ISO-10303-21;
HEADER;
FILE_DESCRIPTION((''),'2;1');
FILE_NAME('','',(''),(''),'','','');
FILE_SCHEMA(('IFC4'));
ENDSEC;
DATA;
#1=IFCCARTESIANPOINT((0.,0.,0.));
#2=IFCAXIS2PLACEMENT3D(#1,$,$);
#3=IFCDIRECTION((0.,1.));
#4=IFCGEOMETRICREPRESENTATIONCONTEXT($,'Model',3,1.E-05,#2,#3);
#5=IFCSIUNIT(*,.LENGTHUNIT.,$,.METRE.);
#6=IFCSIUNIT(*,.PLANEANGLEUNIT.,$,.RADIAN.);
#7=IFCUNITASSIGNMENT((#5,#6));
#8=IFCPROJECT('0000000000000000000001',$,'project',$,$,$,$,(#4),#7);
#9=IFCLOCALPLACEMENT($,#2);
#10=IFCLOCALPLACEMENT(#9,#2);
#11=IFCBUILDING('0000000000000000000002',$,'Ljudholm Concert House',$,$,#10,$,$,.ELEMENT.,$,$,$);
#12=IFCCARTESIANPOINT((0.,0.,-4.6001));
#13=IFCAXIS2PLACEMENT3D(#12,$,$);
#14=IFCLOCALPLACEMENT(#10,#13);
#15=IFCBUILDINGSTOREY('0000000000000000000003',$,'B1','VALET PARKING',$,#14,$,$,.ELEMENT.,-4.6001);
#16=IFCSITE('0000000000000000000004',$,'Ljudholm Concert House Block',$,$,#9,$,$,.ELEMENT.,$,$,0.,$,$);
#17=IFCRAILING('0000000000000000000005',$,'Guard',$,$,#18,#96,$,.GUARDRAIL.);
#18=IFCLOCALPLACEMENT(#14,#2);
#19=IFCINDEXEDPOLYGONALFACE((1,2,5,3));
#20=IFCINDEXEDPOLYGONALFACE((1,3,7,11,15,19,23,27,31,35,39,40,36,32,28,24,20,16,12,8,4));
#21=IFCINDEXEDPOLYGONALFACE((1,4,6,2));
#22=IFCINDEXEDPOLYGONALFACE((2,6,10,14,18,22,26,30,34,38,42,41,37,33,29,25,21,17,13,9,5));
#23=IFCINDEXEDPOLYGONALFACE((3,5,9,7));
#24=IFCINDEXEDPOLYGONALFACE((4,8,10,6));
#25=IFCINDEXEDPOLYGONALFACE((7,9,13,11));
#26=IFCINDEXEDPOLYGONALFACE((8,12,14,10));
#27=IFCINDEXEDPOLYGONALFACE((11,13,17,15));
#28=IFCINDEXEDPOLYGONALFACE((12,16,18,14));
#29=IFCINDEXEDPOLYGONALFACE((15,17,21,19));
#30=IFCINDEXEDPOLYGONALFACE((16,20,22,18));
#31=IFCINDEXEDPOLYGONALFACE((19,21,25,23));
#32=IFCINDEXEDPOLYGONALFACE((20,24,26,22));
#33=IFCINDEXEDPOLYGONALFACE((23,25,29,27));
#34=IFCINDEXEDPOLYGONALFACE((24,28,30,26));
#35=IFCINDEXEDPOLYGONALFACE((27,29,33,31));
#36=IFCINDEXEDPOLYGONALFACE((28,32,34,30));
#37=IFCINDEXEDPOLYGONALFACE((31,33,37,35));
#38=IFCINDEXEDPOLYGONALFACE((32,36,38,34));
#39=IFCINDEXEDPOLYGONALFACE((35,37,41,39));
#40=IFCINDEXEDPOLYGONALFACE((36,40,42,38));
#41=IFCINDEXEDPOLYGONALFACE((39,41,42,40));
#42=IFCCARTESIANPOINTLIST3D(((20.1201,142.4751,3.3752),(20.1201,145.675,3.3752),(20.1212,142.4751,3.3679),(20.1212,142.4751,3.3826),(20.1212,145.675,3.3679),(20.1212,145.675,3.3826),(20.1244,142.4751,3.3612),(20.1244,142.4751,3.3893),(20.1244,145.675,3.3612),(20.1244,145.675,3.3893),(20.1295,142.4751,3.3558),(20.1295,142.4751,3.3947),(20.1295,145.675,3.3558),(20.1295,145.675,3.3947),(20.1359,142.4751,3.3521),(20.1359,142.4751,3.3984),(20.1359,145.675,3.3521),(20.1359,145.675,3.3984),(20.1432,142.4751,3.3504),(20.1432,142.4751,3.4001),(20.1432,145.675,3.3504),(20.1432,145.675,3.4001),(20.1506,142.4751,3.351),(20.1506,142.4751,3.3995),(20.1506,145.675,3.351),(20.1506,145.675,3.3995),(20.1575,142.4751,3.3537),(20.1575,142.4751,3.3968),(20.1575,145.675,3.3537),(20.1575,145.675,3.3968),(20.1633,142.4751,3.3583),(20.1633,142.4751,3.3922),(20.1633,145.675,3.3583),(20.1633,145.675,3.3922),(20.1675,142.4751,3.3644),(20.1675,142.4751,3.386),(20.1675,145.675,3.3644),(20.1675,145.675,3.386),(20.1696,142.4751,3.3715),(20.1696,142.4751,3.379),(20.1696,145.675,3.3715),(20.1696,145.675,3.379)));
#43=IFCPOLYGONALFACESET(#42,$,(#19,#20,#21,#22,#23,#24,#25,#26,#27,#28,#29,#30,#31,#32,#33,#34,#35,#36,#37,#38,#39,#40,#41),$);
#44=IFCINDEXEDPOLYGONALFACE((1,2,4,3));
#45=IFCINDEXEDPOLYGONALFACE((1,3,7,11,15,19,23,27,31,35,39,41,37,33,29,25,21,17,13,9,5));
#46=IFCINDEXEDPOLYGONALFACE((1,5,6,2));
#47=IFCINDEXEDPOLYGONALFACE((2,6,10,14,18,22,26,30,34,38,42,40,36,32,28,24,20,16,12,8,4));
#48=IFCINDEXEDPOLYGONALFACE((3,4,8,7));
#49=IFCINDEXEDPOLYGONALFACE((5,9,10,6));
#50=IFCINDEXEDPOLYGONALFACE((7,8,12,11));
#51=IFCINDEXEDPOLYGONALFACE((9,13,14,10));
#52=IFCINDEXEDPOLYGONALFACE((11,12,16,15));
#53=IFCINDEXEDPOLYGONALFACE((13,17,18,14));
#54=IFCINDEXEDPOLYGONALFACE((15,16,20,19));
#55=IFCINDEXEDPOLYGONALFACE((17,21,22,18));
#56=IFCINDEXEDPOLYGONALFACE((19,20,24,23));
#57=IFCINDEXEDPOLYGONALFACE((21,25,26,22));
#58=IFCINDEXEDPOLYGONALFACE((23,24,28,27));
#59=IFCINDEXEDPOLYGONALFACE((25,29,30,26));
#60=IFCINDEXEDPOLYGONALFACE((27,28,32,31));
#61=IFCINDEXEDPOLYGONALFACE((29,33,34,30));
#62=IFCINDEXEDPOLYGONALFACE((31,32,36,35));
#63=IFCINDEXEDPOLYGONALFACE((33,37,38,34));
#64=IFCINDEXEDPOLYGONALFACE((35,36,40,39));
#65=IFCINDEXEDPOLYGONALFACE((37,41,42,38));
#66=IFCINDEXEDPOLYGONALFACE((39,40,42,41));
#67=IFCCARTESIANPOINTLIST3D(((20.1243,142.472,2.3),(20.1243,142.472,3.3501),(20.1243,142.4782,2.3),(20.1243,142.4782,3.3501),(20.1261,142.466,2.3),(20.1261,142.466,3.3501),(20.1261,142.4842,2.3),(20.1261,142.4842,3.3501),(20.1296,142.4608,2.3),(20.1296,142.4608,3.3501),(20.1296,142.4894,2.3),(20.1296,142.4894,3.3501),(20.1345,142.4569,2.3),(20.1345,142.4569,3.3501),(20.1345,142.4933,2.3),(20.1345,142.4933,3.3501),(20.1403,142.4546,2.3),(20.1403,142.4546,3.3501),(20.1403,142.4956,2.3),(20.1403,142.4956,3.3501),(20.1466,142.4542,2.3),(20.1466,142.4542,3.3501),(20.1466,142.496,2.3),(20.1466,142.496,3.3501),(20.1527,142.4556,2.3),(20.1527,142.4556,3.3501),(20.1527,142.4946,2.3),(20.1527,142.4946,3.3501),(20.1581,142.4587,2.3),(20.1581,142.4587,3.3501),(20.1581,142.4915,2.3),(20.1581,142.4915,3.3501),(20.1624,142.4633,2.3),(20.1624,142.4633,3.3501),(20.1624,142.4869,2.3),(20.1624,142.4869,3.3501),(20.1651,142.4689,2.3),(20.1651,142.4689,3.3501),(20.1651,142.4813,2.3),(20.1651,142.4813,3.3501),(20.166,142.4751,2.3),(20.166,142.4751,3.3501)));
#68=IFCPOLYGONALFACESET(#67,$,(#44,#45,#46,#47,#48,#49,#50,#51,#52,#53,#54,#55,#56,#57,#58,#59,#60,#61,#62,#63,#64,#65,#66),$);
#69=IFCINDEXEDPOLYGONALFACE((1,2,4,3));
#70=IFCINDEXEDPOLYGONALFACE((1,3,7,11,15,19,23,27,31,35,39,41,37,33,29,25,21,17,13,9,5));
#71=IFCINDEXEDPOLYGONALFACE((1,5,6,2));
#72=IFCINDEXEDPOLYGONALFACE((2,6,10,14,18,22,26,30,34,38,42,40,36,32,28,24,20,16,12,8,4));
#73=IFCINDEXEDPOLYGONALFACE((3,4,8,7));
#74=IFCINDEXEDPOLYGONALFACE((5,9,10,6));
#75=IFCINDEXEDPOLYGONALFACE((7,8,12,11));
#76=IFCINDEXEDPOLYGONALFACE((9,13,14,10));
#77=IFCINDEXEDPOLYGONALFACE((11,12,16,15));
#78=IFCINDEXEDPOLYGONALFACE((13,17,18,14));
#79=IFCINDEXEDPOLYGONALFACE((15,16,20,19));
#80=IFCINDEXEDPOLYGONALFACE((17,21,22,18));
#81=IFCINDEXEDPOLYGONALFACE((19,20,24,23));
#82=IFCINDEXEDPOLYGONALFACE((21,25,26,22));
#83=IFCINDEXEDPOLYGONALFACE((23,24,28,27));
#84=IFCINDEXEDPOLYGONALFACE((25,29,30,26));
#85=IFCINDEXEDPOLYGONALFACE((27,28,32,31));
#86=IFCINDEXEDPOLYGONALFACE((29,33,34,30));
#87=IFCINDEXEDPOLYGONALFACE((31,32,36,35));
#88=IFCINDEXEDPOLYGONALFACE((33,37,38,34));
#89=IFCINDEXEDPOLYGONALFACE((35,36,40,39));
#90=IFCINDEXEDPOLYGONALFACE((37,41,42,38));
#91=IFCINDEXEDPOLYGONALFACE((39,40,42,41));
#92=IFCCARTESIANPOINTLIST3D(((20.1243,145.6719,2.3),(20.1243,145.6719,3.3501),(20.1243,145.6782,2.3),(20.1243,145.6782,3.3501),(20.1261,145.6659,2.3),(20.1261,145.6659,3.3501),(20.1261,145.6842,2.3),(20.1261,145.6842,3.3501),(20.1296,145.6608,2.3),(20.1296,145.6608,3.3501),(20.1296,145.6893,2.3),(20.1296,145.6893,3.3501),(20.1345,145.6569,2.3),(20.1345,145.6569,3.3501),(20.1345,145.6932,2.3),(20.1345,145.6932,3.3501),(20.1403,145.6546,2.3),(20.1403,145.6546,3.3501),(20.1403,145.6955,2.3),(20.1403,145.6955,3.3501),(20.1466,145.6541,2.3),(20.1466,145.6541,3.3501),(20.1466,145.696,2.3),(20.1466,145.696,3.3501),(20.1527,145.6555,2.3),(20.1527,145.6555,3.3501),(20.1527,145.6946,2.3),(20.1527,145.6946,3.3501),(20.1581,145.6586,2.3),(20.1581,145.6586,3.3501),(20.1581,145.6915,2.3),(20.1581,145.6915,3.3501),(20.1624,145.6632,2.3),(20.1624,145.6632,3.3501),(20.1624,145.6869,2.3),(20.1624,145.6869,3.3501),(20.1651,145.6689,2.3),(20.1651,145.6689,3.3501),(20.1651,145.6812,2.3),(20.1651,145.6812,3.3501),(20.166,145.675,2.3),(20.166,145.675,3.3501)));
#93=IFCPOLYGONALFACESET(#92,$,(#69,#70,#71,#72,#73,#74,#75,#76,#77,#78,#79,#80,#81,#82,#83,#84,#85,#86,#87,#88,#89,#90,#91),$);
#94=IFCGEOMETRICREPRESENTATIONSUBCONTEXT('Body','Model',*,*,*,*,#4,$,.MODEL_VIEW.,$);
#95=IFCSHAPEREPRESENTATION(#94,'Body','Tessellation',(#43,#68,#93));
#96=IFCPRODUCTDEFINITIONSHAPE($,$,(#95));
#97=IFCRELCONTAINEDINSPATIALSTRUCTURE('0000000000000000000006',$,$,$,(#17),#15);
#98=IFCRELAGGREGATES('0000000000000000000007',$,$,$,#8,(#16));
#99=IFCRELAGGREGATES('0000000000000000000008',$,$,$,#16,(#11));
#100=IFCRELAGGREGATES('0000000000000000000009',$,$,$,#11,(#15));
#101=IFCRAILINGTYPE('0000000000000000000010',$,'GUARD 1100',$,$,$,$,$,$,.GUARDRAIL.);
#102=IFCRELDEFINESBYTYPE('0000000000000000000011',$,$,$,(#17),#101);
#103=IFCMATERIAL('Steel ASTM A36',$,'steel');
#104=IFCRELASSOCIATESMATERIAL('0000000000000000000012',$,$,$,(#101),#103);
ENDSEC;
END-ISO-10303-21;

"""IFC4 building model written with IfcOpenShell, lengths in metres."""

from ifc_helpers import new_model, si_unit, direction, frame, origin, origin_2d, place, context, subcontext, project, spatial, circle, extrude, material, type_object, element, save


model = new_model("IFC4")

# Units and contexts
model_context = context("Model", 3, precision=1e-05, world=origin(), true_north=direction((0.0, 1.0)))
body_context = subcontext(model_context, "Body", "Model", "MODEL_VIEW")
ifc_project = project(units=[si_unit("LENGTHUNIT", "METRE"), si_unit("PLANEANGLEUNIT", "RADIAN")], contexts=[model_context])

# Site, building, storey
site_placement = place(None, origin())
site = spatial("IfcSite", under=ifc_project, at=site_placement, Name="Ljudholm Concert House Block", CompositionType="ELEMENT", RefElevation=0.0)
building_placement = place(site_placement, origin())
building = spatial("IfcBuilding", under=site, at=building_placement, Name="Ljudholm Concert House", CompositionType="ELEMENT")
storey_placement = place(building_placement, frame((0.0, 0.0, -4.6001)))
storey = spatial("IfcBuildingStorey", under=building, at=storey_placement, Name="B1", Description="VALET PARKING", CompositionType="ELEMENT", Elevation=-4.6001)

# Railing
ifc_material_1 = material(Name="Steel ASTM A36", Category="steel")
railing_type = type_object("IfcRailingType", Name="GUARD 1100", PredefinedType="GUARDRAIL", material=ifc_material_1)
railing_placement = place(storey_placement, frame((20.145, 142.4751, 2.3)))
element("IfcRailing", 1, at=railing_placement, inside=storey, type_object=railing_type, Name="Guard", PredefinedType="GUARDRAIL", context=body_context, shape_type="SweptSolid", body=[
    extrude(circle(Radius=0.0249, at=origin_2d()), frame((0.0, 0.0, 1.0752), z_axis=(0.0, 1.0, 0.0), x_axis=(-1.0, 0.0, 0.0)), (0.0, 0.0, 1.0), 3.2),
    extrude(circle(Radius=0.021, at=origin_2d()), origin(), (0.0, 0.0, 1.0), 1.05),
    extrude(circle(Radius=0.021, at=origin_2d()), frame((0.0, 3.2, 0.0)), (0.0, 0.0, 1.0), 1.05),
])

save(model, "model.ifc")
